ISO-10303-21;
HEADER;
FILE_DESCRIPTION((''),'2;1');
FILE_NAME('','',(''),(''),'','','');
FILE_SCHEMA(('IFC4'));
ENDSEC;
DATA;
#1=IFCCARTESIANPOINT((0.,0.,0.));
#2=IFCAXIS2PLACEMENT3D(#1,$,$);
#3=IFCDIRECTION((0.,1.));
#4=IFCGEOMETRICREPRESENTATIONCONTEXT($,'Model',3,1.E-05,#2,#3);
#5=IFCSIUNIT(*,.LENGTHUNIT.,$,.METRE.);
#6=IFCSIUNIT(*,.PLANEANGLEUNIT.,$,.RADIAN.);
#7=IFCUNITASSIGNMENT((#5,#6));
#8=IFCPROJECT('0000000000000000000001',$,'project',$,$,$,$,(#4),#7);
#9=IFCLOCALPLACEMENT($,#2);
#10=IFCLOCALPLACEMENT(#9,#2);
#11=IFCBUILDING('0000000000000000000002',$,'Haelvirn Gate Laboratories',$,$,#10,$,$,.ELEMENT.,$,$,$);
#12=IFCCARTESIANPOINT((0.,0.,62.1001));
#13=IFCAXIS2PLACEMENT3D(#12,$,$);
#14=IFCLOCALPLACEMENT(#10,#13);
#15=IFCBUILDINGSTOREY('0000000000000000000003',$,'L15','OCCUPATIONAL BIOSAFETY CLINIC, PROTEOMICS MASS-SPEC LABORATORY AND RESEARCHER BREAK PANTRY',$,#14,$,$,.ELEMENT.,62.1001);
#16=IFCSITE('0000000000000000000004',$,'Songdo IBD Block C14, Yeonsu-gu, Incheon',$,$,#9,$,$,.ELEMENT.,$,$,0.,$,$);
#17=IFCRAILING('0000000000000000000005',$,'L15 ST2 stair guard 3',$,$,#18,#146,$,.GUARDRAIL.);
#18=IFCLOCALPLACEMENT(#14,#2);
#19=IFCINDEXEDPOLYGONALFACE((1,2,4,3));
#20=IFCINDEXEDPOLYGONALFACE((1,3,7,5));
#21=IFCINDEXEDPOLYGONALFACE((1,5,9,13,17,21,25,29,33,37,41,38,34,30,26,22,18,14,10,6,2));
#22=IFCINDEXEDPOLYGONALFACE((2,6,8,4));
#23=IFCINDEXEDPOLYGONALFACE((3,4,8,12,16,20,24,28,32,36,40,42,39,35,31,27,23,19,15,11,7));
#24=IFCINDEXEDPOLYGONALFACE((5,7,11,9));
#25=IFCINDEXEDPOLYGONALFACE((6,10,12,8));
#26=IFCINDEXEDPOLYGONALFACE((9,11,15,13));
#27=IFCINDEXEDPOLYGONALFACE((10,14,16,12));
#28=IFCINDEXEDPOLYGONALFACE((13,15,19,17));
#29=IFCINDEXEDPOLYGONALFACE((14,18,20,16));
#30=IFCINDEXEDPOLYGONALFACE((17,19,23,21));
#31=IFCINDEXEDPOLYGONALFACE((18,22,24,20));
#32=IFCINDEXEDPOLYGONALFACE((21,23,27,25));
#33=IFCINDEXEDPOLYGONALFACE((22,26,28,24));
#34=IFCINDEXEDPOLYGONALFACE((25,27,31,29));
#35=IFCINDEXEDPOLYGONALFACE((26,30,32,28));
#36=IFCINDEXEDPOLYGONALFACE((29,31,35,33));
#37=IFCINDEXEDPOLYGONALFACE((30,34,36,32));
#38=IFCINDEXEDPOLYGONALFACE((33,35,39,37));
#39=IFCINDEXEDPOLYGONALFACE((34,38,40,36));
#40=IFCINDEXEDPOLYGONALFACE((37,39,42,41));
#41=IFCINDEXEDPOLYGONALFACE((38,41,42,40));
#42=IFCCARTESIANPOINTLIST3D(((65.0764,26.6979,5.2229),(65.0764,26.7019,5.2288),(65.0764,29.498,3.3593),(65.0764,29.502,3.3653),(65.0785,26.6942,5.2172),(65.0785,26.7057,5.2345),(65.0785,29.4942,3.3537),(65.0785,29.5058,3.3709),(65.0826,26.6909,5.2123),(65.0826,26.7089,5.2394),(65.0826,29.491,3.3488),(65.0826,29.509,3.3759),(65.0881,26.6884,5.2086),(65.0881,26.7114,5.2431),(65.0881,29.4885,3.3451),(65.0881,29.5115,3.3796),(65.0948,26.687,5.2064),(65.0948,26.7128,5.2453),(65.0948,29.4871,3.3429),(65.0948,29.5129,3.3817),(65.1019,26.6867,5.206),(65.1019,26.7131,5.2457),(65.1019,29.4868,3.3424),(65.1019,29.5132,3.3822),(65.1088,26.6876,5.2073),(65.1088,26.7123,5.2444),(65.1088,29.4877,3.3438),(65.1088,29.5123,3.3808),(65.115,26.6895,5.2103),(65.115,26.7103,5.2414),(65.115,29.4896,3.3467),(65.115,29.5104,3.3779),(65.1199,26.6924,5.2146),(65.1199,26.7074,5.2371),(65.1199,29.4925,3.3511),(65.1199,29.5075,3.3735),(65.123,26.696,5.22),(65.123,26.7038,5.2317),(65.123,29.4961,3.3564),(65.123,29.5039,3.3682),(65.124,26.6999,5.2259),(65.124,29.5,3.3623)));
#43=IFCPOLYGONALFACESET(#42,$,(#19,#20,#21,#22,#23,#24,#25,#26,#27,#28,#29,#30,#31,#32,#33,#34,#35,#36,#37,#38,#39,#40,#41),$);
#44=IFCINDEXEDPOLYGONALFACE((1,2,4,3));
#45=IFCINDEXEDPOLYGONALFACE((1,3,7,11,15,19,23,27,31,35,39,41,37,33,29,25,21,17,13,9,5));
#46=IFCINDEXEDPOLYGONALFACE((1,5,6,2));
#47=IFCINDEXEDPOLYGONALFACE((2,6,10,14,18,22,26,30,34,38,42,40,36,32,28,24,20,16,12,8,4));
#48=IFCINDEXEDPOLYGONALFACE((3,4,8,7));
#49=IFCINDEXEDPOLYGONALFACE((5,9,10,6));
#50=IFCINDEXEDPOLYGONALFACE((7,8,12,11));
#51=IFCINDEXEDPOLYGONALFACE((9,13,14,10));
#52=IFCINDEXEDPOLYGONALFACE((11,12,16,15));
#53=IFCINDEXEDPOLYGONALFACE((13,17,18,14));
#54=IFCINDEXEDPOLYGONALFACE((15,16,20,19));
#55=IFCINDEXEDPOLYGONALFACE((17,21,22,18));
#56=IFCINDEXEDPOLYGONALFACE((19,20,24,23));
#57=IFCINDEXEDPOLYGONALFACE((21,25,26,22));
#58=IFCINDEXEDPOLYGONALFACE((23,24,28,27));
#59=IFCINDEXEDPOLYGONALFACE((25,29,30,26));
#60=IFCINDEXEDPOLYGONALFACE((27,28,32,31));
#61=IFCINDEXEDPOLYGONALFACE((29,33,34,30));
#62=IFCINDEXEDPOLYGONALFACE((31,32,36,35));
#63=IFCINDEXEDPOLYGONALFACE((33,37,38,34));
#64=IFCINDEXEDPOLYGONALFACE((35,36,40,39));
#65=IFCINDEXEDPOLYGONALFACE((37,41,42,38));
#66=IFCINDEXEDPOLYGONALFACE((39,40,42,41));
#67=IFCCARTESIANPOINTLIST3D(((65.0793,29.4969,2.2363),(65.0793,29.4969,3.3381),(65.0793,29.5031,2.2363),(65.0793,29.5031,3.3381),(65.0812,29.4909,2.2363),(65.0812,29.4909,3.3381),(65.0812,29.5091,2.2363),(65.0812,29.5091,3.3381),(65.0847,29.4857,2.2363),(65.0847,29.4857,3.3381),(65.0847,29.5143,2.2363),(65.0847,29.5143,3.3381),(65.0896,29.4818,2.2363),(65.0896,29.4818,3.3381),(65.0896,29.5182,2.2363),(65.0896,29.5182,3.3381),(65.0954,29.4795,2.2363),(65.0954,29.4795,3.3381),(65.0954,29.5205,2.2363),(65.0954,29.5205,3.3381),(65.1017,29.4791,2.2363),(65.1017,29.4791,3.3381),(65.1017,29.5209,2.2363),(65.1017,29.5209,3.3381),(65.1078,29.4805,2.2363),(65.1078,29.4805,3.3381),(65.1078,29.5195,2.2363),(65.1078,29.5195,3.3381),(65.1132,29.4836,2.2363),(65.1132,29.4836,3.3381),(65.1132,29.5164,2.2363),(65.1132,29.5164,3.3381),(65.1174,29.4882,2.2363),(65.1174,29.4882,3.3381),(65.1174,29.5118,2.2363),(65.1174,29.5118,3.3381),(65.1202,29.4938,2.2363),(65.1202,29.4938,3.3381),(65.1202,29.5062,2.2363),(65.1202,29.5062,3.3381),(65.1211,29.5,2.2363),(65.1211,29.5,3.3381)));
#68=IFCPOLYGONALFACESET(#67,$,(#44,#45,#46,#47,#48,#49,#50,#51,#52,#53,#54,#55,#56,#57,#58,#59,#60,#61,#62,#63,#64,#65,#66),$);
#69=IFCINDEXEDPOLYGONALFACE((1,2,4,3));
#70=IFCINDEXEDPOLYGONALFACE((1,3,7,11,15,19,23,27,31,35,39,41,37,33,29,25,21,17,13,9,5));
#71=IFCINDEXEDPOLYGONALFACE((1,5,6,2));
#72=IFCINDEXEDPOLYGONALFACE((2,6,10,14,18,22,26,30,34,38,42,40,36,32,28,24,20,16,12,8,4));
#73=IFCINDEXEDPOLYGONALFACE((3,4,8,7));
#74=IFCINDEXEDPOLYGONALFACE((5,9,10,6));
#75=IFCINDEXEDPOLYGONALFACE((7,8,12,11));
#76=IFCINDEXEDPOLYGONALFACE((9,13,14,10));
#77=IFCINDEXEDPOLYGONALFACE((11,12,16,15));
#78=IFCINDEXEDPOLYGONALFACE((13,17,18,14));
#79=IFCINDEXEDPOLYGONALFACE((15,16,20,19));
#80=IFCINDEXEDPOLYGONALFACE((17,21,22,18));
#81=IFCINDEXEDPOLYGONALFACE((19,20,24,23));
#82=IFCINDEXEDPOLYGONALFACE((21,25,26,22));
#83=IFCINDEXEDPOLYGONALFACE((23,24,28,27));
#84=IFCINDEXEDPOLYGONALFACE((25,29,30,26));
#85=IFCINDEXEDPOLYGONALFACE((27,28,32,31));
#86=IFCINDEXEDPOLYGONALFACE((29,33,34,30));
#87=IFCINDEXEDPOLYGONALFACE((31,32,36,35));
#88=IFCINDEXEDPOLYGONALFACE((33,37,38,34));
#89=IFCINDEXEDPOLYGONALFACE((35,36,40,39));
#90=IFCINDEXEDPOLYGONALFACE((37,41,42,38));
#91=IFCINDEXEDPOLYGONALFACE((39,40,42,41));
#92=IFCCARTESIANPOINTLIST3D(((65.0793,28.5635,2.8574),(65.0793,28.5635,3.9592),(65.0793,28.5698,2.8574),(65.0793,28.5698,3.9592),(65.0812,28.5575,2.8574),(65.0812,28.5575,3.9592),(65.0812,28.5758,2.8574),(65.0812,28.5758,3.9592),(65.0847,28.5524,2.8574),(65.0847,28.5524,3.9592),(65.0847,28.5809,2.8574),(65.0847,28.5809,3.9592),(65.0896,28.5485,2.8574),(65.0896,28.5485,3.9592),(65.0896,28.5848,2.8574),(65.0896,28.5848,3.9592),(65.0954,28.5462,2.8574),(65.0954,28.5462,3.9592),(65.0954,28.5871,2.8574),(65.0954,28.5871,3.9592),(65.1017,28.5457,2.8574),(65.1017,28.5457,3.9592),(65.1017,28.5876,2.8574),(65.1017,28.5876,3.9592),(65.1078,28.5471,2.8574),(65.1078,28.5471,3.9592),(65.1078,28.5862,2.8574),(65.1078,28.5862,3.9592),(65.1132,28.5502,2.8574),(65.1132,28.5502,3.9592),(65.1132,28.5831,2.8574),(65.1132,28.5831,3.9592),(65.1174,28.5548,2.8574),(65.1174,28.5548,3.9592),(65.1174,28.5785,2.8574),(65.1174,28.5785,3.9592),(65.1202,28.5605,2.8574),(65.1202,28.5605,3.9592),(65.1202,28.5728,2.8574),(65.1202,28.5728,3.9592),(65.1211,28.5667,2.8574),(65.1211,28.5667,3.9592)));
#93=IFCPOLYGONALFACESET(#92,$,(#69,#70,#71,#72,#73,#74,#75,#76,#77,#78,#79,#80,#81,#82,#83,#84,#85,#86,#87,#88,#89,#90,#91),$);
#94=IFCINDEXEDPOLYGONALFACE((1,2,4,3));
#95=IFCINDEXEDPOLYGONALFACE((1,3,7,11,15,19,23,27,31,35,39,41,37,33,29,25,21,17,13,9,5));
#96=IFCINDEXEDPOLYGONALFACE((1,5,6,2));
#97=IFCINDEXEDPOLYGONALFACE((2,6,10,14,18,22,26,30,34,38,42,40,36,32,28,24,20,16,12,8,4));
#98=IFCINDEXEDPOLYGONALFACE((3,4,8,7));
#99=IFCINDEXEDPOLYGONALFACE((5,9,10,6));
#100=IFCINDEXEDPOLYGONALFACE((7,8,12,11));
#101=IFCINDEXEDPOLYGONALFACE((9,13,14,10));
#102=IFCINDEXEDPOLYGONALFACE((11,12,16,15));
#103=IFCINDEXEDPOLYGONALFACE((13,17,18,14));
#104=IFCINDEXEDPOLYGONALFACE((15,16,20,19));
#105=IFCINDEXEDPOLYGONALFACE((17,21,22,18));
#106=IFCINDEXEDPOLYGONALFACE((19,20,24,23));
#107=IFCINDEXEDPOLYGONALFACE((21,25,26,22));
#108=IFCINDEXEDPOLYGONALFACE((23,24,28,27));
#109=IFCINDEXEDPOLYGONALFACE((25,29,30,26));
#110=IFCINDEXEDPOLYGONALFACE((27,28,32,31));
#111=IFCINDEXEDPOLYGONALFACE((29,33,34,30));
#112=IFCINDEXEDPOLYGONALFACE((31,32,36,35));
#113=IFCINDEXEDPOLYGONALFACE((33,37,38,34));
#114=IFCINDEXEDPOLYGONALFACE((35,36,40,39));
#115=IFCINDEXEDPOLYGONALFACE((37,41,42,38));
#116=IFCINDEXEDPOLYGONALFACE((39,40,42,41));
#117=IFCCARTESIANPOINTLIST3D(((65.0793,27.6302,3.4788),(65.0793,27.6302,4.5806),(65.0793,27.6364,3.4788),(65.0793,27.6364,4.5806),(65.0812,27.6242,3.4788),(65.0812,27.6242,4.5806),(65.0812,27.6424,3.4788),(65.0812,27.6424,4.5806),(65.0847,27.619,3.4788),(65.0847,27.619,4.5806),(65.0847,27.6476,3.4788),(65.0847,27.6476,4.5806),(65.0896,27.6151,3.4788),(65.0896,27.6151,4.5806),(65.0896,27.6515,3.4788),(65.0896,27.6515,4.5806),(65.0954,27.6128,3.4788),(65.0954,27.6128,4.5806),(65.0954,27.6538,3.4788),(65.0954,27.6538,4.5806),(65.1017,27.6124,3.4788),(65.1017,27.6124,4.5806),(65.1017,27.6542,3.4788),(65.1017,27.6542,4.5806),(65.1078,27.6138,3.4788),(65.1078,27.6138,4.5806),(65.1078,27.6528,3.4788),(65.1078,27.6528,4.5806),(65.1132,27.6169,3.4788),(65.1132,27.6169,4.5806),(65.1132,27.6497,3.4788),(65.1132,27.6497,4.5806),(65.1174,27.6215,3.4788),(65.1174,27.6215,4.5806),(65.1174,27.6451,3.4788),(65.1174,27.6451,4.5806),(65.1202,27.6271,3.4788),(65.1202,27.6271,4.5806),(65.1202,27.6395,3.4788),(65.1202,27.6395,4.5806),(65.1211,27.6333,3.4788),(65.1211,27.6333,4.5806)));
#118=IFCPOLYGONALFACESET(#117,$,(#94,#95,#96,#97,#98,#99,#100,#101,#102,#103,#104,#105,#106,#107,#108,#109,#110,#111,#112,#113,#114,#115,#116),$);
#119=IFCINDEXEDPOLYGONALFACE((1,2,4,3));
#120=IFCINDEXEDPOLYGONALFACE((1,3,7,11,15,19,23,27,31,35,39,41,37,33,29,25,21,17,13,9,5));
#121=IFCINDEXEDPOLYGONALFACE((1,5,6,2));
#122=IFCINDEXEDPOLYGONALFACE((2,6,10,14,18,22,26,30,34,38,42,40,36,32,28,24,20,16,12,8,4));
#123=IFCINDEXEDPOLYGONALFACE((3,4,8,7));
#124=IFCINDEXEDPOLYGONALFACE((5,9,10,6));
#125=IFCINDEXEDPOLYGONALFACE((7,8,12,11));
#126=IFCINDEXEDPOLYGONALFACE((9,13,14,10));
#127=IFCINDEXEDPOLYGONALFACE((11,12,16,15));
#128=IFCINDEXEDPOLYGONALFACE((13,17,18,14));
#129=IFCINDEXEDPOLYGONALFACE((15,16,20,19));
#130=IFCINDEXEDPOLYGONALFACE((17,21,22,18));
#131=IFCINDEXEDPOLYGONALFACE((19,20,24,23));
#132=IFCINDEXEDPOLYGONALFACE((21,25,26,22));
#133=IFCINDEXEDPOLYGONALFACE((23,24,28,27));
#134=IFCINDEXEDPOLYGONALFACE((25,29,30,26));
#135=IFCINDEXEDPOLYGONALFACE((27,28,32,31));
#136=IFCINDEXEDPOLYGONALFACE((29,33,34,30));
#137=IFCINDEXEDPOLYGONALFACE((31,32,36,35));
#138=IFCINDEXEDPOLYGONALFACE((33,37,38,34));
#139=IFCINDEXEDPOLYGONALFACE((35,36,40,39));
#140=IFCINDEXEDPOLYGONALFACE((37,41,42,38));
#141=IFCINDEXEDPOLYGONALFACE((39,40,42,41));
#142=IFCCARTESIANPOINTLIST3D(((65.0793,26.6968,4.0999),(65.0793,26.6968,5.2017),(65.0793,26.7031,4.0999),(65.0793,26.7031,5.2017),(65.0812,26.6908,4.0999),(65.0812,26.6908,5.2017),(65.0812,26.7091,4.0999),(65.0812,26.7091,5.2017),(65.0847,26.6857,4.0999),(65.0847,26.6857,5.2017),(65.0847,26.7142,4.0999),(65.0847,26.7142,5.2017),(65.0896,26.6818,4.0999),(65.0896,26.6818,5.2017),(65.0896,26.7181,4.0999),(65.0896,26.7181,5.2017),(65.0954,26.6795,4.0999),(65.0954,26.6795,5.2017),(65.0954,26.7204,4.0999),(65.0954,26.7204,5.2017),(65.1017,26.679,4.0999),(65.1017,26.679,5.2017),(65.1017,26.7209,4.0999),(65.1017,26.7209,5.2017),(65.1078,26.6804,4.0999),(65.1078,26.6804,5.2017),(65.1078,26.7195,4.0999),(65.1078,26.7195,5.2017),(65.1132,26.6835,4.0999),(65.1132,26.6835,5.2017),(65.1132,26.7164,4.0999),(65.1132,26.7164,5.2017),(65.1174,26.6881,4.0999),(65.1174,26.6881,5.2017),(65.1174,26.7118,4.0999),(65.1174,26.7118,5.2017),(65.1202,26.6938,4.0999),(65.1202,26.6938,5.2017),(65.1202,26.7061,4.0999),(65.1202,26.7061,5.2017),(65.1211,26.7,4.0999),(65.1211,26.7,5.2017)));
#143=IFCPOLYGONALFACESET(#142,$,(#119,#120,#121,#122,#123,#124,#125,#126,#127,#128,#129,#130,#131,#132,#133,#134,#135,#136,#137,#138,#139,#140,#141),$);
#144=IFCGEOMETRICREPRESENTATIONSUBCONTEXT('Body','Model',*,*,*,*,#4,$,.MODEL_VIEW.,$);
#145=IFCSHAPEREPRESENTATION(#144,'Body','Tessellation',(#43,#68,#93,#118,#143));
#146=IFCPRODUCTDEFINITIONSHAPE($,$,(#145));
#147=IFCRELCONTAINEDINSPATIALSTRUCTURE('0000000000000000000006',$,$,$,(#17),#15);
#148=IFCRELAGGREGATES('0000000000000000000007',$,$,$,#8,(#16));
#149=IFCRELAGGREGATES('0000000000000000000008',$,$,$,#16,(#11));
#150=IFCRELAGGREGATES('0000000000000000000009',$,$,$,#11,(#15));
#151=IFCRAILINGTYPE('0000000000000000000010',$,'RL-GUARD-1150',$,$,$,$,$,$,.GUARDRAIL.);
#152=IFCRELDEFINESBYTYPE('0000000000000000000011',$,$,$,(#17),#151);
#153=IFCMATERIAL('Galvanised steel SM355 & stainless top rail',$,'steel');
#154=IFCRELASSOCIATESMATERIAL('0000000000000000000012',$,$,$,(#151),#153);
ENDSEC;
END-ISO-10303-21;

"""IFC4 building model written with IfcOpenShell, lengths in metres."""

from ifc_helpers import new_model, si_unit, direction, frame, origin, origin_2d, place, context, subcontext, project, spatial, circle, extrude, source, transform, mapped, material, type_object, element, save


model = new_model("IFC4")

# Units and contexts
model_context = context("Model", 3, precision=1e-05, world=origin(), true_north=direction((0.0, 1.0)))
body_context = subcontext(model_context, "Body", "Model", "MODEL_VIEW")
ifc_project = project(units=[si_unit("LENGTHUNIT", "METRE"), si_unit("PLANEANGLEUNIT", "RADIAN")], contexts=[model_context])

# Site, building, storey
site_placement = place(None, origin())
site = spatial("IfcSite", under=ifc_project, at=site_placement, Name="Songdo IBD Block C14, Yeonsu-gu, Incheon", CompositionType="ELEMENT", RefElevation=0.0)
building_placement = place(site_placement, origin())
building = spatial("IfcBuilding", under=site, at=building_placement, Name="Haelvirn Gate Laboratories", CompositionType="ELEMENT")
storey_placement = place(building_placement, frame((0.0, 0.0, 62.1001)))
storey = spatial("IfcBuildingStorey", under=building, at=storey_placement, Name="L15", Description="OCCUPATIONAL BIOSAFETY CLINIC, PROTEOMICS MASS-SPEC LABORATORY AND RESEARCHER BREAK PANTRY", CompositionType="ELEMENT", Elevation=62.1001)

# Railing
ifc_material_1 = material(Name="Galvanised steel SM355 & stainless top rail", Category="steel")
railing_type_1 = type_object("IfcRailingType", Name="RL-GUARD-1150", PredefinedType="GUARDRAIL", material=ifc_material_1)
shared_shape_1 = source(origin(), body_context, "Body", "SweptSolid", [
    extrude(circle(Radius=0.0239, at=origin_2d()), frame((0.0, 0.0, 1.126), z_axis=(0.0, -0.832486, 0.554047), x_axis=(1.0, 0.0, 0.0)), (0.0, 0.0, 1.0), 3.3635),
    extrude(circle(Radius=0.021, at=origin_2d()), origin(), (0.0, 0.0, 1.0), 1.1018),
    extrude(circle(Radius=0.021, at=origin_2d()), frame((0.0, -0.9333, 0.6211)), (0.0, 0.0, 1.0), 1.1018),
    extrude(circle(Radius=0.021, at=origin_2d()), frame((0.0, -1.8667, 1.2424)), (0.0, 0.0, 1.0), 1.1018),
    extrude(circle(Radius=0.021, at=origin_2d()), frame((0.0, -2.8, 1.8635)), (0.0, 0.0, 1.0), 1.1018),
])
railing_1_placement = place(storey_placement, frame((65.1001, 29.5, 2.2363)))
element("IfcRailing", 1, at=railing_1_placement, inside=storey, type_object=railing_type_1, Name="L15 ST2 stair guard 3", PredefinedType="GUARDRAIL", context=body_context, shape_type="MappedRepresentation", body=[
    mapped(shared_shape_1, transform((0.0, 0.0, 0.0), scale=1.0)),
])

save(model, "model.ifc")
